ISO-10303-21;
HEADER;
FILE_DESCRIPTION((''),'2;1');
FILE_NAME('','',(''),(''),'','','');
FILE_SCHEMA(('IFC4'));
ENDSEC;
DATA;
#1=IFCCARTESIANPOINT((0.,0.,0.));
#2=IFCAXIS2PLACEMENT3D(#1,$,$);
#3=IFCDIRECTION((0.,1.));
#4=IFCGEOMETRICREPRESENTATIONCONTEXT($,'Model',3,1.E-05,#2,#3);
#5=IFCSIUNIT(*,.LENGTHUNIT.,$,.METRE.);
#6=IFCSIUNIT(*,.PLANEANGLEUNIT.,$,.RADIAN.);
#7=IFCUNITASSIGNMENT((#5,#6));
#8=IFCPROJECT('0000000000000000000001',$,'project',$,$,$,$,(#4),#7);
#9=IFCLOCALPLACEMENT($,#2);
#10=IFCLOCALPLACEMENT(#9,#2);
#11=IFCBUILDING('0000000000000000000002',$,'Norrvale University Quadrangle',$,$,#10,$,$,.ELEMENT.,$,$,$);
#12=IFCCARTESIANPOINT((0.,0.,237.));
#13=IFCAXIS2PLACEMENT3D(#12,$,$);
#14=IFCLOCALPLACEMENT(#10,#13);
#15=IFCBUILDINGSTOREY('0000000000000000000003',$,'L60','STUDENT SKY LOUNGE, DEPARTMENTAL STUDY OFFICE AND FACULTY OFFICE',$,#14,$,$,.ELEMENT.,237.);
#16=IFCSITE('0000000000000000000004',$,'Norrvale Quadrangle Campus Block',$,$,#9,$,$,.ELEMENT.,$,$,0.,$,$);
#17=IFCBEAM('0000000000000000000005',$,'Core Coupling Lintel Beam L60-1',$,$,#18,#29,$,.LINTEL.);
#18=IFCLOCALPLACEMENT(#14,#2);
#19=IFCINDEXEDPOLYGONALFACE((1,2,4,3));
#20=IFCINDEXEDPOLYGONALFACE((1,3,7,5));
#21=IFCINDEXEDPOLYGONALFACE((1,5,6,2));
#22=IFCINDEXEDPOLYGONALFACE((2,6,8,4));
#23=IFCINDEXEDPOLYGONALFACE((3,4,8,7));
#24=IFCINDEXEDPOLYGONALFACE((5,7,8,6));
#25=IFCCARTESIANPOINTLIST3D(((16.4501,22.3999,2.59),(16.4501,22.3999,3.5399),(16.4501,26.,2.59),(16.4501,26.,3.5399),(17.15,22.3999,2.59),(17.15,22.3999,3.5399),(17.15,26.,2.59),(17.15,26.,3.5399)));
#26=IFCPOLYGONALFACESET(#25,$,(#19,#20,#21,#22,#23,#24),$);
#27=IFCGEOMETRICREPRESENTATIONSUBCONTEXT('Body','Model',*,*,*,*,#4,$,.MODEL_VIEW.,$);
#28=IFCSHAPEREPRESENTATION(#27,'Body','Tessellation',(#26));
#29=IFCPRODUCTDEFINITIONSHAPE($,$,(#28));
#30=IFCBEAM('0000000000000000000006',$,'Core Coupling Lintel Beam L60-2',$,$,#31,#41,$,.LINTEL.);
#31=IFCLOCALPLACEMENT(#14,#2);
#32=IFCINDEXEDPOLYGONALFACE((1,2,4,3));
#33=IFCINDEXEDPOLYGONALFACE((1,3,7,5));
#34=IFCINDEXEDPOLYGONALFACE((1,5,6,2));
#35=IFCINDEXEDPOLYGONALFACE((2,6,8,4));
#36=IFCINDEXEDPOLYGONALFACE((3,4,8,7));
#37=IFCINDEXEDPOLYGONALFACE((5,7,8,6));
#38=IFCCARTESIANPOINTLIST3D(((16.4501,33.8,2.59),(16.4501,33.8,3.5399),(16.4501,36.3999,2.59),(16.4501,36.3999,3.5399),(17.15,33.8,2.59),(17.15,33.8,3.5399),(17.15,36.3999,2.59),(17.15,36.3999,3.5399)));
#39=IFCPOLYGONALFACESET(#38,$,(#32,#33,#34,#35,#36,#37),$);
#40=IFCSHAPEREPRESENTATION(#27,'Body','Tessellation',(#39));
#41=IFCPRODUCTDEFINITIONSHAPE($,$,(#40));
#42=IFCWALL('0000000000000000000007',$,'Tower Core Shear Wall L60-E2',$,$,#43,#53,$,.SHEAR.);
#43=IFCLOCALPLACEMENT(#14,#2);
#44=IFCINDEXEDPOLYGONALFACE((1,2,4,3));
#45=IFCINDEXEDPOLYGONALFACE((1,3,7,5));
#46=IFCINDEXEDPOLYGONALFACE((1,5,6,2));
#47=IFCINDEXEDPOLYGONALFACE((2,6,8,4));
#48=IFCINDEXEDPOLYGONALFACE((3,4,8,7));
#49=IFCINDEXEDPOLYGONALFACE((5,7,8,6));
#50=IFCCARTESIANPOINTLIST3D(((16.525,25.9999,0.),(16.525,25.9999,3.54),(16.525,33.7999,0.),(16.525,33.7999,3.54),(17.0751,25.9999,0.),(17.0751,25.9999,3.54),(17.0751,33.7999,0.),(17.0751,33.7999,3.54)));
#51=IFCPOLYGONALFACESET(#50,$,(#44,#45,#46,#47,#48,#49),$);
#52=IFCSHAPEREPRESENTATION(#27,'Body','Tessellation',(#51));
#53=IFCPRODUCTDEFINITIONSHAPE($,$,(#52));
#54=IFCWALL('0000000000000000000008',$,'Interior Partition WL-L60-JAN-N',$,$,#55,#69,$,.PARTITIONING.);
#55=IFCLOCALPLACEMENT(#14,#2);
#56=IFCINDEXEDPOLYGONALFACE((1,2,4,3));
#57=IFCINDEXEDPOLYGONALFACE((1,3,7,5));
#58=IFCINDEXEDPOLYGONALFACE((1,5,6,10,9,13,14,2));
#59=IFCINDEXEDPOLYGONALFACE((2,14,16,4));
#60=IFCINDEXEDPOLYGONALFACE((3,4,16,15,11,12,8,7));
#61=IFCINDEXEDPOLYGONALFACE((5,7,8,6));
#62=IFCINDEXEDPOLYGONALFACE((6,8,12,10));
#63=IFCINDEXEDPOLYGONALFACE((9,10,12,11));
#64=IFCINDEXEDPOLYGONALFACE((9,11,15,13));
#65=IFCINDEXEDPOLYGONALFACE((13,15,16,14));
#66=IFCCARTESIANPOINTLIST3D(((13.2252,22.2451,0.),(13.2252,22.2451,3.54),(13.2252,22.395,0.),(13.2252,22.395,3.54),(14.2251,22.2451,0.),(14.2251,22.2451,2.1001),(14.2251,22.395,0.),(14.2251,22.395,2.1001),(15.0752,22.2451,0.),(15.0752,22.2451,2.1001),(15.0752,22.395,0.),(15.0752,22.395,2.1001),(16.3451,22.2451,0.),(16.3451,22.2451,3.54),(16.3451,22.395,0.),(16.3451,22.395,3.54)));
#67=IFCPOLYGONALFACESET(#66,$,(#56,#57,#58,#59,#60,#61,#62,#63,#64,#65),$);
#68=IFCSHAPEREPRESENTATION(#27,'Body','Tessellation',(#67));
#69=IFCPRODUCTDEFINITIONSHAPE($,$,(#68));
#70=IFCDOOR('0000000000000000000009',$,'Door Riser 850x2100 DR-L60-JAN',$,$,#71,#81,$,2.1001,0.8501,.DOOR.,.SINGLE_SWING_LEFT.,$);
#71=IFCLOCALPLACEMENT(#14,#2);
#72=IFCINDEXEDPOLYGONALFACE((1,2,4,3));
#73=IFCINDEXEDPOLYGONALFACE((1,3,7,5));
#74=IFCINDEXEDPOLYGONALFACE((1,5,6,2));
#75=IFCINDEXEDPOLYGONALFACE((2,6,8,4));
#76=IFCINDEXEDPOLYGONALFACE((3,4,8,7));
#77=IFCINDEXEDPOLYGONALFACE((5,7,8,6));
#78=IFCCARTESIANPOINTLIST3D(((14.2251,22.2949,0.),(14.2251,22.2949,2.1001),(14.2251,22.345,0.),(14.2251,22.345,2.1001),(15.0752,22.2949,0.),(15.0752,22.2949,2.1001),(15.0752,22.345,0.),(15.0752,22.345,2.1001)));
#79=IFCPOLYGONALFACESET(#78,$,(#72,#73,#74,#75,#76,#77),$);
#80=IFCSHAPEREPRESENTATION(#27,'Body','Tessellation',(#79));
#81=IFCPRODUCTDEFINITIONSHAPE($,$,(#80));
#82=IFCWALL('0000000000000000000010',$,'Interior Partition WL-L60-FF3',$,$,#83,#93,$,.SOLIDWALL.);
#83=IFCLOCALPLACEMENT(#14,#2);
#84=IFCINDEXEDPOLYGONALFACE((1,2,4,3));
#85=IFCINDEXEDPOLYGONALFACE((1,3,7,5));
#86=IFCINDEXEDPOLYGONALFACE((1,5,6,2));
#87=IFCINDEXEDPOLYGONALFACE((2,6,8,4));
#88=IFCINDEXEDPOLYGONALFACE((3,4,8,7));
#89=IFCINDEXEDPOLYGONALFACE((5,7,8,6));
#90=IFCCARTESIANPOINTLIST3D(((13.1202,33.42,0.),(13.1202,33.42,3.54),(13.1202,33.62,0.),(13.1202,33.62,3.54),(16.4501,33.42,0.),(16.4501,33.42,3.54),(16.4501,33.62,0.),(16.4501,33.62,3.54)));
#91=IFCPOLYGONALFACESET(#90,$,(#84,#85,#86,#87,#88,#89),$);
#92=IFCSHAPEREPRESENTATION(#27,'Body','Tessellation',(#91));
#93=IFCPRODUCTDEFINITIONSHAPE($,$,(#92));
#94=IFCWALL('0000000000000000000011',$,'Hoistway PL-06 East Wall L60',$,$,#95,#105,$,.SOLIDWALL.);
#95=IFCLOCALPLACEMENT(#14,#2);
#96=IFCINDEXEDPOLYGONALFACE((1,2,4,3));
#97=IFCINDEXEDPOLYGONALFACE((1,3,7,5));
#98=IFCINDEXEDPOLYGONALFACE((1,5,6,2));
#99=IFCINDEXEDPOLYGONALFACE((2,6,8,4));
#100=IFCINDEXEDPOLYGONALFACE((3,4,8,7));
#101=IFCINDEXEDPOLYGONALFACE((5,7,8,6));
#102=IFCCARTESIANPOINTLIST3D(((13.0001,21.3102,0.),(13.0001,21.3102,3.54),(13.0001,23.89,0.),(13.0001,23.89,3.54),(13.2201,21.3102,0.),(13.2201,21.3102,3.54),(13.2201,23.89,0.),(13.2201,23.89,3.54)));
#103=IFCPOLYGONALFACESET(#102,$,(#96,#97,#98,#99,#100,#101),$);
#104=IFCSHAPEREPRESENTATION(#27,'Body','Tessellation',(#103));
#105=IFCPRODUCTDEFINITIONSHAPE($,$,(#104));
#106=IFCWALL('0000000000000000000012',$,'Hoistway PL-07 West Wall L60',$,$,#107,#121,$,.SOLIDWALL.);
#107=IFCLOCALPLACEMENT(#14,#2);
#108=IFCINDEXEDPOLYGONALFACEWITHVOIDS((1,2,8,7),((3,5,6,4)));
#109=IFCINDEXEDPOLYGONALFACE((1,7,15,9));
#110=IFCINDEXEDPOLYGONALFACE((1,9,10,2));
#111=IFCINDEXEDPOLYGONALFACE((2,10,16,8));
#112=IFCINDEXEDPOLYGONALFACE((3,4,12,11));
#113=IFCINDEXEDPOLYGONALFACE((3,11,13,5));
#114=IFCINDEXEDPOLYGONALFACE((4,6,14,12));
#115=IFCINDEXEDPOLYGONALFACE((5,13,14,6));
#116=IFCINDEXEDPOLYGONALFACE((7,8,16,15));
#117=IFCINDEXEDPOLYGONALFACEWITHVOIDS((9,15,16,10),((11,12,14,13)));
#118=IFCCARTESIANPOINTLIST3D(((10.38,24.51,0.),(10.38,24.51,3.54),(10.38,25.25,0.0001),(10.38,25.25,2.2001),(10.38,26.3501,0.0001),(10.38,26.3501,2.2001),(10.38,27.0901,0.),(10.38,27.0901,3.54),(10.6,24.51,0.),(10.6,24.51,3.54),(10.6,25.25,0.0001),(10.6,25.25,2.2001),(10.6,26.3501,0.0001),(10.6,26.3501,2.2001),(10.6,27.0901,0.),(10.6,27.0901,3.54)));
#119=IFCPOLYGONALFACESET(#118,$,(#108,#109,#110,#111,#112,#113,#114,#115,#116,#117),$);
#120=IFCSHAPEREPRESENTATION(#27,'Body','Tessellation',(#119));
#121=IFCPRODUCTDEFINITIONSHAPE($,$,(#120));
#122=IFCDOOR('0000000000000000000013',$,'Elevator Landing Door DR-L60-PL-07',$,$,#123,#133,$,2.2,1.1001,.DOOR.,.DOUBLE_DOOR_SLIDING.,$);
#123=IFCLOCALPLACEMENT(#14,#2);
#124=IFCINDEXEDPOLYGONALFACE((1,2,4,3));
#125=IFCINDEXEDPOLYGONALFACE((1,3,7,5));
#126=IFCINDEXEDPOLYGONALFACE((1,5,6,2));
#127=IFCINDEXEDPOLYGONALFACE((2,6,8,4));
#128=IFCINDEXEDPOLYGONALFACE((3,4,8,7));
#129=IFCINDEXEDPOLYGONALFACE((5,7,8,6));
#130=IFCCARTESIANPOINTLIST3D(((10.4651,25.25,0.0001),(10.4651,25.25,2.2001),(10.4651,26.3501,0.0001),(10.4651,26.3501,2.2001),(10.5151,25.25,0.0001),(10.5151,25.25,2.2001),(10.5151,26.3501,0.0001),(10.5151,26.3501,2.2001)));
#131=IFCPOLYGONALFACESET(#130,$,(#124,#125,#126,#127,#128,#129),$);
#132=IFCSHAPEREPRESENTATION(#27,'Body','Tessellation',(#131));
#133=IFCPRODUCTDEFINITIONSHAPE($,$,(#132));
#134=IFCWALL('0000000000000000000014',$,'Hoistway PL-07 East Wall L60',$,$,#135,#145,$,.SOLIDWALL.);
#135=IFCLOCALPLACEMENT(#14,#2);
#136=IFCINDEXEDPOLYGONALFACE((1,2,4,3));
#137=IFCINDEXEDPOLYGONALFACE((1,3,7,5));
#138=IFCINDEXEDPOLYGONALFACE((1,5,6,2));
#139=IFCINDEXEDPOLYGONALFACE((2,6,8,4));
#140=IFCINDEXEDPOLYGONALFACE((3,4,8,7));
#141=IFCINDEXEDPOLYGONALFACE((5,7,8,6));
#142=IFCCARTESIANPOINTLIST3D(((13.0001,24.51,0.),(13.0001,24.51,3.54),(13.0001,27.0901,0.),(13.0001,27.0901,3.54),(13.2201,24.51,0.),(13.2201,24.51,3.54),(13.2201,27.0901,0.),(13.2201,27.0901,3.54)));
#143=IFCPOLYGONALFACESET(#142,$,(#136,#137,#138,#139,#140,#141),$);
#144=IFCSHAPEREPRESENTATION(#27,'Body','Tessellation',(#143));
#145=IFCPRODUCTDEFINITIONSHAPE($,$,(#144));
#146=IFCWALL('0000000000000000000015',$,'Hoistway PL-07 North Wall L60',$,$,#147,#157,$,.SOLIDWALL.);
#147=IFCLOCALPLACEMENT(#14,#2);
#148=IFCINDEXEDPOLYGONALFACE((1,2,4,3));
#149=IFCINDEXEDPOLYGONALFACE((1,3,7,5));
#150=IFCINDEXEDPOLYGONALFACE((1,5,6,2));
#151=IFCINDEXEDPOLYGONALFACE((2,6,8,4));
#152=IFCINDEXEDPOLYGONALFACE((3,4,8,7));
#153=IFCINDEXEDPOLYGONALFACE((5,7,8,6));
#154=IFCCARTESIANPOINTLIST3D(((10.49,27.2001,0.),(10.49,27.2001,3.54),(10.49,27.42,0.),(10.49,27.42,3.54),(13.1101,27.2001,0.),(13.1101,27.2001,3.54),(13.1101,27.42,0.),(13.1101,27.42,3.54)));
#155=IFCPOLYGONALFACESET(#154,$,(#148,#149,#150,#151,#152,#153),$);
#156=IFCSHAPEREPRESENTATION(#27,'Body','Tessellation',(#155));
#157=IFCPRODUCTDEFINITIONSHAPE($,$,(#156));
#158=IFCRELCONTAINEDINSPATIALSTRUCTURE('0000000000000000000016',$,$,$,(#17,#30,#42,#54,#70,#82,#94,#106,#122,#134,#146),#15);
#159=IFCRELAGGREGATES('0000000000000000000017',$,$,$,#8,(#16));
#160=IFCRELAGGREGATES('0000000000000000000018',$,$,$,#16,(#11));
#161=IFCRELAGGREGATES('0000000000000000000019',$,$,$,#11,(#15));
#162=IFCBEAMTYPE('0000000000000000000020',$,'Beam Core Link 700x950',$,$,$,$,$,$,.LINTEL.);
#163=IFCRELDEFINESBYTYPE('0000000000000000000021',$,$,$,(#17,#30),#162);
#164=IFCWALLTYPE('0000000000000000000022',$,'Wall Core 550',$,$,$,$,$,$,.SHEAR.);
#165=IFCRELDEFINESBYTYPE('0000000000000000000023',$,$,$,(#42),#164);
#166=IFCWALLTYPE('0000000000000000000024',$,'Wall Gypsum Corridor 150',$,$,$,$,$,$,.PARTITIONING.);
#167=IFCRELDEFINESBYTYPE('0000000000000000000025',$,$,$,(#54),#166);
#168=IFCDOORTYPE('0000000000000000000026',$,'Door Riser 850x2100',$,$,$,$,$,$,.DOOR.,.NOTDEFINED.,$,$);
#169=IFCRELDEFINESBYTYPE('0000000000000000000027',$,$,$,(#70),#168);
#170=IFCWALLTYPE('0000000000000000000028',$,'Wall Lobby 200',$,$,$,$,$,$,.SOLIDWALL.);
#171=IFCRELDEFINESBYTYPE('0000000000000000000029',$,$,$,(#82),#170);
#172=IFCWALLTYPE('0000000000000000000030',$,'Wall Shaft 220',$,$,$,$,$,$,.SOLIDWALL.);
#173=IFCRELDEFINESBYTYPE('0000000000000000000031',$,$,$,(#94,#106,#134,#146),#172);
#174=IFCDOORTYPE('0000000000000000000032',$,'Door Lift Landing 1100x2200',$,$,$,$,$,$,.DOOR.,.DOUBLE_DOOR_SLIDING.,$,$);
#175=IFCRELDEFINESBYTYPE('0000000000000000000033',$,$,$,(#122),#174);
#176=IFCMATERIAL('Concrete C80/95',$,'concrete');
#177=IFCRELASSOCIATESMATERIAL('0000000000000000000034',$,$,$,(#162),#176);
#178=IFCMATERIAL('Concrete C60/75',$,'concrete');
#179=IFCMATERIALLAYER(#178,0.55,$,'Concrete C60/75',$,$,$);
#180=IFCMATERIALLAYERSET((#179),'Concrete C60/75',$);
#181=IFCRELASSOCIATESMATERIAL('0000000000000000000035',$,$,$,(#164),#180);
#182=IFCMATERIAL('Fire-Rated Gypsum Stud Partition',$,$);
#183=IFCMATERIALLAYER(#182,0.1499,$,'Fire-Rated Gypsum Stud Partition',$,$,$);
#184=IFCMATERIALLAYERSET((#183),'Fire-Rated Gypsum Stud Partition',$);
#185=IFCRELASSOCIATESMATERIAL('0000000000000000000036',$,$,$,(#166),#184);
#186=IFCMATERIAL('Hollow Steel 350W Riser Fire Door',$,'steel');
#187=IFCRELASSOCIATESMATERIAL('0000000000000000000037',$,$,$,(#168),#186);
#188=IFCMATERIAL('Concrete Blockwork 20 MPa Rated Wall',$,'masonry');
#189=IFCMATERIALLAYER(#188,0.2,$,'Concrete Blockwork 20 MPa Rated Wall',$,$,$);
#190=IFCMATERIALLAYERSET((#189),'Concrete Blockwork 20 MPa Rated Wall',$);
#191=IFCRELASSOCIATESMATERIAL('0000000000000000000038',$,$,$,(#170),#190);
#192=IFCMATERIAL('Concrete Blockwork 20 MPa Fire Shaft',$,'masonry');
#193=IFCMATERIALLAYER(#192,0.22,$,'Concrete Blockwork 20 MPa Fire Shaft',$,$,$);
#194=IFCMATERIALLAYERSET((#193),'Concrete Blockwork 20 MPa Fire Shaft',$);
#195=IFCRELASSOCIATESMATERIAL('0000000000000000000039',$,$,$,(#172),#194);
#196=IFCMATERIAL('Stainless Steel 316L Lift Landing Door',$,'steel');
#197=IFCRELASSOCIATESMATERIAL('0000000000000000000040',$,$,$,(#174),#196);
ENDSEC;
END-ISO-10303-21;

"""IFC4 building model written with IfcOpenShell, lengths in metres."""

from ifc_helpers import new_model, si_unit, direction, frame, frame_2d, origin, origin_2d, place, context, subcontext, project, spatial, rectangle, extrude, material, layer, layer_set, material_profile, profile_set, type_object, element, fill, save


model = new_model("IFC4")

# Units and contexts
model_context = context("Model", 3, precision=1e-05, world=origin(), true_north=direction((0.0, 1.0)))
body_context = subcontext(model_context, "Body", "Model", "MODEL_VIEW")
ifc_project = project(units=[si_unit("LENGTHUNIT", "METRE"), si_unit("PLANEANGLEUNIT", "RADIAN")], contexts=[model_context])

# Site, building, storey
site_placement = place(None, origin())
site = spatial("IfcSite", under=ifc_project, at=site_placement, Name="Norrvale Quadrangle Campus Block", CompositionType="ELEMENT", RefElevation=0.0)
building_placement = place(site_placement, origin())
building = spatial("IfcBuilding", under=site, at=building_placement, Name="Norrvale University Quadrangle", CompositionType="ELEMENT")
storey_placement = place(building_placement, frame((0.0, 0.0, 237.0)))
storey = spatial("IfcBuildingStorey", under=building, at=storey_placement, Name="L60", Description="STUDENT SKY LOUNGE, DEPARTMENTAL STUDY OFFICE AND FACULTY OFFICE", CompositionType="ELEMENT", Elevation=237.0)

# Beams
ifc_material_1 = material(Name="Concrete C80/95", Category="concrete")
ifc_material_profile = material_profile(ifc_material_1, rectangle(XDim=0.7, YDim=0.95, at=origin_2d()), Name="Concrete C80/95")
ifc_profile_set = profile_set([ifc_material_profile], Name="Concrete C80/95")
beam_type = type_object("IfcBeamType", Name="Beam Core Link 700x950", PredefinedType="LINTEL", material=ifc_profile_set)
beam_1_placement = place(storey_placement, frame((16.8, 22.3999, 3.0649), z_axis=(0.0, 1.0, 0.0), x_axis=(-1.0, 0.0, 0.0)))
element("IfcBeam", 1, at=beam_1_placement, inside=storey, type_object=beam_type, Name="Core Coupling Lintel Beam L60-1", PredefinedType="LINTEL", context=body_context, shape_type="SweptSolid", body=[
    extrude(rectangle(XDim=0.7, YDim=0.95, at=origin_2d()), origin(), (0.0, 0.0, 1.0), 3.6001),
])
beam_2_placement = place(storey_placement, frame((16.8, 33.8, 3.0649), z_axis=(0.0, 1.0, 0.0), x_axis=(-1.0, 0.0, 0.0)))
element("IfcBeam", 2, at=beam_2_placement, inside=storey, type_object=beam_type, Name="Core Coupling Lintel Beam L60-2", PredefinedType="LINTEL", context=body_context, shape_type="SweptSolid", body=[
    extrude(rectangle(XDim=0.7, YDim=0.95, at=origin_2d()), origin(), (0.0, 0.0, 1.0), 2.5999),
])

# Wall
ifc_material_2 = material(Name="Concrete C60/75", Category="concrete")
ifc_layer_1 = layer(ifc_material_2, 0.55, Name="Concrete C60/75")
ifc_layer_set_1 = layer_set([ifc_layer_1], Name="Concrete C60/75")
wall_type_1 = type_object("IfcWallType", Name="Wall Core 550", PredefinedType="SHEAR", material=ifc_layer_set_1)
wall_1_placement = place(storey_placement, frame((16.8, 26.0, 0.0), z_axis=(0.0, 0.0, 1.0), x_axis=(0.0, 1.0, 0.0)))
element("IfcWall", 3, at=wall_1_placement, inside=storey, type_object=wall_type_1, Name="Tower Core Shear Wall L60-E2", PredefinedType="SHEAR", context=body_context, shape_type="SweptSolid", body=[
    extrude(rectangle(XDim=7.8, YDim=0.55, at=frame_2d((3.8999, 0.0))), origin(), (0.0, 0.0, 1.0), 3.54),
])

# Wall, opening, door
ifc_material_3 = material(Name="Fire-Rated Gypsum Stud Partition")
ifc_layer_2 = layer(ifc_material_3, 0.1499, Name="Fire-Rated Gypsum Stud Partition")
ifc_layer_set_2 = layer_set([ifc_layer_2], Name="Fire-Rated Gypsum Stud Partition")
wall_type_2 = type_object("IfcWallType", Name="Wall Gypsum Corridor 150", PredefinedType="PARTITIONING", material=ifc_layer_set_2)
wall_2_placement = place(storey_placement, frame((13.2251, 22.3201, 0.0), z_axis=(0.0, 0.0, 1.0), x_axis=(1.0, 0.0, 0.0)))
wall_2 = element("IfcWall", 4, at=wall_2_placement, inside=storey, type_object=wall_type_2, Name="Interior Partition WL-L60-JAN-N", PredefinedType="PARTITIONING", context=body_context, shape_type="SweptSolid", body=[
    extrude(rectangle(XDim=3.1199, YDim=0.1499, at=frame_2d((1.5601, 0.0))), origin(), (0.0, 0.0, 1.0), 3.54),
])
opening_1_placement = place(wall_2_placement, frame((1.0, 0.0, 0.0)))
opening_1 = element("IfcOpeningElement", 5, at=opening_1_placement, cuts=wall_2, PredefinedType="OPENING", context=body_context, shape_type="SweptSolid", body=[
    extrude(rectangle(XDim=0.8501, YDim=2.1001, at=frame_2d((0.425, 1.05))), frame((0.0, 0.0869, 0.0), z_axis=(0.0, -1.0, 0.0), x_axis=(1.0, 0.0, 0.0)), (0.0, 0.0, 1.0), 0.1738),
])
ifc_material_4 = material(Name="Hollow Steel 350W Riser Fire Door", Category="steel")
door_type_1 = type_object("IfcDoorType", Name="Door Riser 850x2100", OperationType="NOTDEFINED", PredefinedType="DOOR", material=ifc_material_4)
door_1_placement = place(opening_1_placement, origin())
door_1 = element("IfcDoor", 6, at=door_1_placement, inside=storey, type_object=door_type_1, Name="Door Riser 850x2100 DR-L60-JAN", OperationType="SINGLE_SWING_LEFT", OverallHeight=2.1001, OverallWidth=0.8501, PredefinedType="DOOR", context=body_context, shape_type="SweptSolid", body=[
    extrude(rectangle(XDim=0.8501, YDim=2.1001, at=frame_2d((0.425, 1.05))), frame((0.0, 0.0249, 0.0), z_axis=(0.0, -1.0, 0.0), x_axis=(1.0, 0.0, 0.0)), (0.0, 0.0, 1.0), 0.05),
])
fill(opening_1, door_1)

# Walls
ifc_material_5 = material(Name="Concrete Blockwork 20 MPa Rated Wall", Category="masonry")
ifc_layer_3 = layer(ifc_material_5, 0.2, Name="Concrete Blockwork 20 MPa Rated Wall")
ifc_layer_set_3 = layer_set([ifc_layer_3], Name="Concrete Blockwork 20 MPa Rated Wall")
wall_type_3 = type_object("IfcWallType", Name="Wall Lobby 200", PredefinedType="SOLIDWALL", material=ifc_layer_set_3)
wall_3_placement = place(storey_placement, frame((13.1201, 33.52, 0.0), z_axis=(0.0, 0.0, 1.0), x_axis=(1.0, 0.0, 0.0)))
element("IfcWall", 7, at=wall_3_placement, inside=storey, type_object=wall_type_3, Name="Interior Partition WL-L60-FF3", PredefinedType="SOLIDWALL", context=body_context, shape_type="SweptSolid", body=[
    extrude(rectangle(XDim=3.3298, YDim=0.2, at=frame_2d((1.665, 0.0))), origin(), (0.0, 0.0, 1.0), 3.54),
])
ifc_material_6 = material(Name="Concrete Blockwork 20 MPa Fire Shaft", Category="masonry")
ifc_layer_4 = layer(ifc_material_6, 0.22, Name="Concrete Blockwork 20 MPa Fire Shaft")
ifc_layer_set_4 = layer_set([ifc_layer_4], Name="Concrete Blockwork 20 MPa Fire Shaft")
wall_type_4 = type_object("IfcWallType", Name="Wall Shaft 220", PredefinedType="SOLIDWALL", material=ifc_layer_set_4)
wall_4_placement = place(storey_placement, frame((13.1101, 21.3101, 0.0), z_axis=(0.0, 0.0, 1.0), x_axis=(0.0, 1.0, 0.0)))
element("IfcWall", 8, at=wall_4_placement, inside=storey, type_object=wall_type_4, Name="Hoistway PL-06 East Wall L60", PredefinedType="SOLIDWALL", context=body_context, shape_type="SweptSolid", body=[
    extrude(rectangle(XDim=2.5798, YDim=0.22, at=frame_2d((1.29, 0.0))), origin(), (0.0, 0.0, 1.0), 3.54),
])

# Wall, opening, door
wall_5_placement = place(storey_placement, frame((10.49, 24.51, 0.0), z_axis=(0.0, 0.0, 1.0), x_axis=(0.0, 1.0, 0.0)))
wall_5 = element("IfcWall", 9, at=wall_5_placement, inside=storey, type_object=wall_type_4, Name="Hoistway PL-07 West Wall L60", PredefinedType="SOLIDWALL", context=body_context, shape_type="SweptSolid", body=[
    extrude(rectangle(XDim=2.5801, YDim=0.22, at=frame_2d((1.29, 0.0))), origin(), (0.0, 0.0, 1.0), 3.54),
])
opening_2_placement = place(wall_5_placement, frame((0.74, 0.0, 0.0)))
opening_2 = element("IfcOpeningElement", 10, at=opening_2_placement, cuts=wall_5, PredefinedType="OPENING", context=body_context, shape_type="SweptSolid", body=[
    extrude(rectangle(XDim=1.1001, YDim=2.2, at=frame_2d((0.55, 1.1001))), frame((0.0, 0.1221, 0.0), z_axis=(0.0, -1.0, 0.0), x_axis=(1.0, 0.0, 0.0)), (0.0, 0.0, 1.0), 0.2439),
])
ifc_material_7 = material(Name="Stainless Steel 316L Lift Landing Door", Category="steel")
door_type_2 = type_object("IfcDoorType", Name="Door Lift Landing 1100x2200", OperationType="DOUBLE_DOOR_SLIDING", PredefinedType="DOOR", material=ifc_material_7)
door_2_placement = place(opening_2_placement, origin())
door_2 = element("IfcDoor", 11, at=door_2_placement, inside=storey, type_object=door_type_2, Name="Elevator Landing Door DR-L60-PL-07", OperationType="DOUBLE_DOOR_SLIDING", OverallHeight=2.2, OverallWidth=1.1001, PredefinedType="DOOR", context=body_context, shape_type="SweptSolid", body=[
    extrude(rectangle(XDim=1.1001, YDim=2.2, at=frame_2d((0.55, 1.1001))), frame((0.0, 0.0249, 0.0), z_axis=(0.0, -1.0, 0.0), x_axis=(1.0, 0.0, 0.0)), (0.0, 0.0, 1.0), 0.05),
])
fill(opening_2, door_2)

# Walls
wall_6_placement = place(storey_placement, frame((13.1101, 24.51, 0.0), z_axis=(0.0, 0.0, 1.0), x_axis=(0.0, 1.0, 0.0)))
element("IfcWall", 12, at=wall_6_placement, inside=storey, type_object=wall_type_4, Name="Hoistway PL-07 East Wall L60", PredefinedType="SOLIDWALL", context=body_context, shape_type="SweptSolid", body=[
    extrude(rectangle(XDim=2.5801, YDim=0.22, at=frame_2d((1.29, 0.0))), origin(), (0.0, 0.0, 1.0), 3.54),
])
wall_7_placement = place(storey_placement, frame((10.49, 27.3101, 0.0), z_axis=(0.0, 0.0, 1.0), x_axis=(1.0, 0.0, 0.0)))
element("IfcWall", 13, at=wall_7_placement, inside=storey, type_object=wall_type_4, Name="Hoistway PL-07 North Wall L60", PredefinedType="SOLIDWALL", context=body_context, shape_type="SweptSolid", body=[
    extrude(rectangle(XDim=2.6201, YDim=0.22, at=frame_2d((1.3101, 0.0))), origin(), (0.0, 0.0, 1.0), 3.54),
])

save(model, "model.ifc")
